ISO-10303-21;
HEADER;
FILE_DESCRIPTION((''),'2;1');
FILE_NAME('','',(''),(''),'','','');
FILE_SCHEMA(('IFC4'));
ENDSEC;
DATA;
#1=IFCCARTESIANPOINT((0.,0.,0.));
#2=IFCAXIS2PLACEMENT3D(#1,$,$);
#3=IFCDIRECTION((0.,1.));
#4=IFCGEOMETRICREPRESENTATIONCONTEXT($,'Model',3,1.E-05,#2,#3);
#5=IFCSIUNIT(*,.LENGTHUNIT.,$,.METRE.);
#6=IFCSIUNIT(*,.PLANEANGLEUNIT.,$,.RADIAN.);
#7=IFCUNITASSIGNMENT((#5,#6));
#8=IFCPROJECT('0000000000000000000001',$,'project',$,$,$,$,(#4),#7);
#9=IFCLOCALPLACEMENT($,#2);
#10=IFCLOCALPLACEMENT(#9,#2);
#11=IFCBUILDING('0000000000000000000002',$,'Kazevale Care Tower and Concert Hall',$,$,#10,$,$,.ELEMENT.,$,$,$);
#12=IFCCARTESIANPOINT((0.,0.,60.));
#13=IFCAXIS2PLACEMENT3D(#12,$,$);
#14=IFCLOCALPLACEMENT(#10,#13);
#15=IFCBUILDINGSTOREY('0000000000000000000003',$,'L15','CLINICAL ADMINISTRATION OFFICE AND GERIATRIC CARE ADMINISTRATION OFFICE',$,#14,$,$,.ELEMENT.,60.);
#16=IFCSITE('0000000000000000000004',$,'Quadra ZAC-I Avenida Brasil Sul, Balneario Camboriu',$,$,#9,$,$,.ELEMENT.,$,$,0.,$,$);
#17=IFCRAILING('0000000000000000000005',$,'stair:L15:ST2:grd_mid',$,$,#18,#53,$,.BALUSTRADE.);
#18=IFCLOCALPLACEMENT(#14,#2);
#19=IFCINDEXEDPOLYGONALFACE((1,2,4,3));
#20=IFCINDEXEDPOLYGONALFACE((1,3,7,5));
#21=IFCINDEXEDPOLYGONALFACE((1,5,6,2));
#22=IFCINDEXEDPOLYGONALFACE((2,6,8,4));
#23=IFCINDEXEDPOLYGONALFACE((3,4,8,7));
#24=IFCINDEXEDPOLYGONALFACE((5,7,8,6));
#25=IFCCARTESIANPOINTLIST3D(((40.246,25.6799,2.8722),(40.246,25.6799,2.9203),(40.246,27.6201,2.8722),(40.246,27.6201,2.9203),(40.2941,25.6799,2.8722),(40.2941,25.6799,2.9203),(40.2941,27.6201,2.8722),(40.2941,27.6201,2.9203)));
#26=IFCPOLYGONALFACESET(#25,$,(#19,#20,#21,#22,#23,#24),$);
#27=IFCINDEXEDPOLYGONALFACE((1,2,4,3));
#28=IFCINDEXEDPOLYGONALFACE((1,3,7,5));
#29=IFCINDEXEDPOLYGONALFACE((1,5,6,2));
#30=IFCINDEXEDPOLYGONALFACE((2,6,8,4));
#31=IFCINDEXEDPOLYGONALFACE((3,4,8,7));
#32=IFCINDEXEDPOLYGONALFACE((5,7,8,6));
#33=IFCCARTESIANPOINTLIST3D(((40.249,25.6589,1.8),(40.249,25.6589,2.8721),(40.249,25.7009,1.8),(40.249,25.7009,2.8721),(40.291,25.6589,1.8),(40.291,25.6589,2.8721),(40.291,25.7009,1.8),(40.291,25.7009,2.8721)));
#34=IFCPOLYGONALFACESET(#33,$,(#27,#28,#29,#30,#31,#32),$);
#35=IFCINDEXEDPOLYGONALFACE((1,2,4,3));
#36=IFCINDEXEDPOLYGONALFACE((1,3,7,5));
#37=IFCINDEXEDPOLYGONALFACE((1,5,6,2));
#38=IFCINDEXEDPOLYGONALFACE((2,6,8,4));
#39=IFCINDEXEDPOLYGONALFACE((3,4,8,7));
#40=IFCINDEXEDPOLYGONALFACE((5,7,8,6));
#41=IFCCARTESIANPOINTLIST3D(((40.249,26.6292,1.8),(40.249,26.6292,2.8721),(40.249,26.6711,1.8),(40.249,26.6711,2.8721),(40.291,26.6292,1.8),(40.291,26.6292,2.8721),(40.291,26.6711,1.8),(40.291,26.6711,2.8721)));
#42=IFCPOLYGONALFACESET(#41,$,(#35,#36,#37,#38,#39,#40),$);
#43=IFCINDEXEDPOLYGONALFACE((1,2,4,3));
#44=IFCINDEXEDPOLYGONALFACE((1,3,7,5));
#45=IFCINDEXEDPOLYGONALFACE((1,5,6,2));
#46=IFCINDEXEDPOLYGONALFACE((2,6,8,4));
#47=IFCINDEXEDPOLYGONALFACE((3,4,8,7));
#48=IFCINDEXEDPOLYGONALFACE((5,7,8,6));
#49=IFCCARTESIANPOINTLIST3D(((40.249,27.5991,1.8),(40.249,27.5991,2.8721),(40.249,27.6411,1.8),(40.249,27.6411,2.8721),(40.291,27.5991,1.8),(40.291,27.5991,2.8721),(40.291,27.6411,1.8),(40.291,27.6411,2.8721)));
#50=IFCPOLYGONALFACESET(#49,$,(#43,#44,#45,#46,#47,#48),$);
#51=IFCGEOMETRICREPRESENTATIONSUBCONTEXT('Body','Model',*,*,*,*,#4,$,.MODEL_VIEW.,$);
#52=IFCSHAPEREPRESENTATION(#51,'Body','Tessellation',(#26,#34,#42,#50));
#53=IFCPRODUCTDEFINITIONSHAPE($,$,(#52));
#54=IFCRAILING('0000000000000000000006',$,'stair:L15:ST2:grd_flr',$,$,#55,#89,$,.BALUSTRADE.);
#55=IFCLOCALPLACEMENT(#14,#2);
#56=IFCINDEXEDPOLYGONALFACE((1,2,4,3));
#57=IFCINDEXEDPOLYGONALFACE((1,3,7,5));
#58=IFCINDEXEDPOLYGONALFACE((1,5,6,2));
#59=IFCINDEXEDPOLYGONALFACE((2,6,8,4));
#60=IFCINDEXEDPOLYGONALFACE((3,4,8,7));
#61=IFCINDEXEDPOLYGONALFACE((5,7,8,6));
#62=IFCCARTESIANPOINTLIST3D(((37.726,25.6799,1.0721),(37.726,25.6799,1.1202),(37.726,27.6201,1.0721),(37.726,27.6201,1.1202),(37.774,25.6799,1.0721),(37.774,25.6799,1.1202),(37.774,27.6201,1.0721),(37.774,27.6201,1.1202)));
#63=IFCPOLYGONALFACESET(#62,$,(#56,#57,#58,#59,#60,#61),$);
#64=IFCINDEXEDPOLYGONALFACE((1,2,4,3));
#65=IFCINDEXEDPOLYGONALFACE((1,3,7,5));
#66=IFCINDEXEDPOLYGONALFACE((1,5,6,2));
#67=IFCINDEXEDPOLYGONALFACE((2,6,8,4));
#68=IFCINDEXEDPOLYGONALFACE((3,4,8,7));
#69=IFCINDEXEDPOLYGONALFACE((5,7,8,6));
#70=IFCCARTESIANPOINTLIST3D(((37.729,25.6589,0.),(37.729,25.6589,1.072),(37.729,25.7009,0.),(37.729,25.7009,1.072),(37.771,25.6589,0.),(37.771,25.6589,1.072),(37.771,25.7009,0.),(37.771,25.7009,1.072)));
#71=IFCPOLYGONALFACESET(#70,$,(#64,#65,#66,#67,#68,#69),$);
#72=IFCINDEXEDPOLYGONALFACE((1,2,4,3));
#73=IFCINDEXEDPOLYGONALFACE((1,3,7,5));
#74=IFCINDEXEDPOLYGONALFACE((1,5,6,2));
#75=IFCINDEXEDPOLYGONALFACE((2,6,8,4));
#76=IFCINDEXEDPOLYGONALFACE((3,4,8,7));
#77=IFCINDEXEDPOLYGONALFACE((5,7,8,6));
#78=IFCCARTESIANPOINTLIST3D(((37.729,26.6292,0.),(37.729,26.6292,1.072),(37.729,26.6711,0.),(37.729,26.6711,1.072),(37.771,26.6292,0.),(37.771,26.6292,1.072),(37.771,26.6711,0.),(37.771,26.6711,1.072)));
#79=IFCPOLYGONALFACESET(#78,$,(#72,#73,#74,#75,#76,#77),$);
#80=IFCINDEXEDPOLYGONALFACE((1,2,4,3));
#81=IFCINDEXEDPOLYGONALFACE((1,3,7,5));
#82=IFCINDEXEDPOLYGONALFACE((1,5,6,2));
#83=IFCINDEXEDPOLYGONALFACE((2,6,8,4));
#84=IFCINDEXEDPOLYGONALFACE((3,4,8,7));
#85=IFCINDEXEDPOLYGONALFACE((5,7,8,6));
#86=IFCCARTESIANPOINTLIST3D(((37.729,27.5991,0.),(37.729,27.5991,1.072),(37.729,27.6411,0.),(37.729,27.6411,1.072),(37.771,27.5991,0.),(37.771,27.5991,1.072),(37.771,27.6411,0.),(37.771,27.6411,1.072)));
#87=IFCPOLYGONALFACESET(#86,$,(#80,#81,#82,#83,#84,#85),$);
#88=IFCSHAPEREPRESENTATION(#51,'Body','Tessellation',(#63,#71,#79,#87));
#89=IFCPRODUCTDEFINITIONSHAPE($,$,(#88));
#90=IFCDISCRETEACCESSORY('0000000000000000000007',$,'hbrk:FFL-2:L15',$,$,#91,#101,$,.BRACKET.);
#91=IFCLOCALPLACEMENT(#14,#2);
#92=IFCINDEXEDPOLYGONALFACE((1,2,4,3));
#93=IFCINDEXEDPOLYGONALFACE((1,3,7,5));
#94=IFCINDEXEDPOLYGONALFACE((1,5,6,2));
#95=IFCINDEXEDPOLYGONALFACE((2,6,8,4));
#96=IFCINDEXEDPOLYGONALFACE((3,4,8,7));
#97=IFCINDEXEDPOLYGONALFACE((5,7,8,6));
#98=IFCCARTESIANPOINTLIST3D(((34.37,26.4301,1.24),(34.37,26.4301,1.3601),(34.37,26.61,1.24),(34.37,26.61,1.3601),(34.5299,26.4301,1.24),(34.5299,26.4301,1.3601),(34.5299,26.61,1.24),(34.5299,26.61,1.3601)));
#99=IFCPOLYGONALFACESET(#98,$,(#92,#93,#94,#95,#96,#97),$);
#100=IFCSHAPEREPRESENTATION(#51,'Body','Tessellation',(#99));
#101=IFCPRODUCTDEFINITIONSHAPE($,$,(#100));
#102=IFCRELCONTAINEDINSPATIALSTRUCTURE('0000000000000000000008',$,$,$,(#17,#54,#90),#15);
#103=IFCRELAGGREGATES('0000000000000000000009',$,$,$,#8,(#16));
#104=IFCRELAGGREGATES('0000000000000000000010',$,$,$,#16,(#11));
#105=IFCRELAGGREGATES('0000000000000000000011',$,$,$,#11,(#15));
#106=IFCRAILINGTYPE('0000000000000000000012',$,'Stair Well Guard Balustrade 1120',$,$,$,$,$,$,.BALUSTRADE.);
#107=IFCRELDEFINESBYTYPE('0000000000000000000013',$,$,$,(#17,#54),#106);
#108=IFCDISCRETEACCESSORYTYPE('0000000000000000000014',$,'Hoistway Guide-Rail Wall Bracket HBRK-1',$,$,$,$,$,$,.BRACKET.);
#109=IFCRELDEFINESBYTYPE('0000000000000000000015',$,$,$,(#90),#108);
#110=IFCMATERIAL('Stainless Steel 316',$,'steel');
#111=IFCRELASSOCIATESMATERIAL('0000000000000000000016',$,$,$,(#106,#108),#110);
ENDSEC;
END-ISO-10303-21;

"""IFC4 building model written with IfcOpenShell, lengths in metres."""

from ifc_helpers import new_model, si_unit, direction, frame, origin, origin_2d, place, context, subcontext, project, spatial, rectangle, extrude, material, type_object, element, save


model = new_model("IFC4")

# Units and contexts
model_context = context("Model", 3, precision=1e-05, world=origin(), true_north=direction((0.0, 1.0)))
body_context = subcontext(model_context, "Body", "Model", "MODEL_VIEW")
ifc_project = project(units=[si_unit("LENGTHUNIT", "METRE"), si_unit("PLANEANGLEUNIT", "RADIAN")], contexts=[model_context])

# Site, building, storey
site_placement = place(None, origin())
site = spatial("IfcSite", under=ifc_project, at=site_placement, Name="Quadra ZAC-I Avenida Brasil Sul, Balneario Camboriu", CompositionType="ELEMENT", RefElevation=0.0)
building_placement = place(site_placement, origin())
building = spatial("IfcBuilding", under=site, at=building_placement, Name="Kazevale Care Tower and Concert Hall", CompositionType="ELEMENT")
storey_placement = place(building_placement, frame((0.0, 0.0, 60.0)))
storey = spatial("IfcBuildingStorey", under=building, at=storey_placement, Name="L15", Description="CLINICAL ADMINISTRATION OFFICE AND GERIATRIC CARE ADMINISTRATION OFFICE", CompositionType="ELEMENT", Elevation=60.0)

# Railings
ifc_material_1 = material(Name="Stainless Steel 316", Category="steel")
railing_type_1 = type_object("IfcRailingType", Name="Stair Well Guard Balustrade 1120", PredefinedType="BALUSTRADE", material=ifc_material_1)
for number, where, name in (
    (1, (40.27, 25.6799, 1.8), "stair:L15:ST2:grd_mid"),
    (2, (37.75, 25.6799, 0.0), "stair:L15:ST2:grd_flr"),
):
    element("IfcRailing", number, at=place(storey_placement, frame(where)), inside=storey, type_object=railing_type_1, Name=name, PredefinedType="BALUSTRADE", context=body_context, shape_type="SweptSolid", body=[
        extrude(rectangle(XDim=0.0481, YDim=0.0481, at=origin_2d()), frame((0.0, 0.0, 1.0962), z_axis=(0.0, 1.0, 0.0), x_axis=(-1.0, 0.0, 0.0)), (0.0, 0.0, 1.0), 1.9402),
        extrude(rectangle(XDim=0.042, YDim=0.042, at=origin_2d()), origin(), (0.0, 0.0, 1.0), 1.072),
        extrude(rectangle(XDim=0.042, YDim=0.042, at=origin_2d()), frame((0.0, 0.9702, 0.0)), (0.0, 0.0, 1.0), 1.072),
        extrude(rectangle(XDim=0.042, YDim=0.042, at=origin_2d()), frame((0.0, 1.9402, 0.0)), (0.0, 0.0, 1.0), 1.072),
    ])

# Discrete accessory
discrete_accessory_type = type_object("IfcDiscreteAccessoryType", Name="Hoistway Guide-Rail Wall Bracket HBRK-1", PredefinedType="BRACKET", material=ifc_material_1)
discrete_accessory_placement = place(storey_placement, frame((34.45, 26.52, 1.24), z_axis=(0.0, 0.0, 1.0), x_axis=(1.0, 0.0, 0.0)))
element("IfcDiscreteAccessory", 3, at=discrete_accessory_placement, inside=storey, type_object=discrete_accessory_type, Name="hbrk:FFL-2:L15", PredefinedType="BRACKET", context=body_context, shape_type="SweptSolid", body=[
    extrude(rectangle(XDim=0.1599, YDim=0.1799, at=origin_2d()), origin(), (0.0, 0.0, 1.0), 0.1201),
])

save(model, "model.ifc")
